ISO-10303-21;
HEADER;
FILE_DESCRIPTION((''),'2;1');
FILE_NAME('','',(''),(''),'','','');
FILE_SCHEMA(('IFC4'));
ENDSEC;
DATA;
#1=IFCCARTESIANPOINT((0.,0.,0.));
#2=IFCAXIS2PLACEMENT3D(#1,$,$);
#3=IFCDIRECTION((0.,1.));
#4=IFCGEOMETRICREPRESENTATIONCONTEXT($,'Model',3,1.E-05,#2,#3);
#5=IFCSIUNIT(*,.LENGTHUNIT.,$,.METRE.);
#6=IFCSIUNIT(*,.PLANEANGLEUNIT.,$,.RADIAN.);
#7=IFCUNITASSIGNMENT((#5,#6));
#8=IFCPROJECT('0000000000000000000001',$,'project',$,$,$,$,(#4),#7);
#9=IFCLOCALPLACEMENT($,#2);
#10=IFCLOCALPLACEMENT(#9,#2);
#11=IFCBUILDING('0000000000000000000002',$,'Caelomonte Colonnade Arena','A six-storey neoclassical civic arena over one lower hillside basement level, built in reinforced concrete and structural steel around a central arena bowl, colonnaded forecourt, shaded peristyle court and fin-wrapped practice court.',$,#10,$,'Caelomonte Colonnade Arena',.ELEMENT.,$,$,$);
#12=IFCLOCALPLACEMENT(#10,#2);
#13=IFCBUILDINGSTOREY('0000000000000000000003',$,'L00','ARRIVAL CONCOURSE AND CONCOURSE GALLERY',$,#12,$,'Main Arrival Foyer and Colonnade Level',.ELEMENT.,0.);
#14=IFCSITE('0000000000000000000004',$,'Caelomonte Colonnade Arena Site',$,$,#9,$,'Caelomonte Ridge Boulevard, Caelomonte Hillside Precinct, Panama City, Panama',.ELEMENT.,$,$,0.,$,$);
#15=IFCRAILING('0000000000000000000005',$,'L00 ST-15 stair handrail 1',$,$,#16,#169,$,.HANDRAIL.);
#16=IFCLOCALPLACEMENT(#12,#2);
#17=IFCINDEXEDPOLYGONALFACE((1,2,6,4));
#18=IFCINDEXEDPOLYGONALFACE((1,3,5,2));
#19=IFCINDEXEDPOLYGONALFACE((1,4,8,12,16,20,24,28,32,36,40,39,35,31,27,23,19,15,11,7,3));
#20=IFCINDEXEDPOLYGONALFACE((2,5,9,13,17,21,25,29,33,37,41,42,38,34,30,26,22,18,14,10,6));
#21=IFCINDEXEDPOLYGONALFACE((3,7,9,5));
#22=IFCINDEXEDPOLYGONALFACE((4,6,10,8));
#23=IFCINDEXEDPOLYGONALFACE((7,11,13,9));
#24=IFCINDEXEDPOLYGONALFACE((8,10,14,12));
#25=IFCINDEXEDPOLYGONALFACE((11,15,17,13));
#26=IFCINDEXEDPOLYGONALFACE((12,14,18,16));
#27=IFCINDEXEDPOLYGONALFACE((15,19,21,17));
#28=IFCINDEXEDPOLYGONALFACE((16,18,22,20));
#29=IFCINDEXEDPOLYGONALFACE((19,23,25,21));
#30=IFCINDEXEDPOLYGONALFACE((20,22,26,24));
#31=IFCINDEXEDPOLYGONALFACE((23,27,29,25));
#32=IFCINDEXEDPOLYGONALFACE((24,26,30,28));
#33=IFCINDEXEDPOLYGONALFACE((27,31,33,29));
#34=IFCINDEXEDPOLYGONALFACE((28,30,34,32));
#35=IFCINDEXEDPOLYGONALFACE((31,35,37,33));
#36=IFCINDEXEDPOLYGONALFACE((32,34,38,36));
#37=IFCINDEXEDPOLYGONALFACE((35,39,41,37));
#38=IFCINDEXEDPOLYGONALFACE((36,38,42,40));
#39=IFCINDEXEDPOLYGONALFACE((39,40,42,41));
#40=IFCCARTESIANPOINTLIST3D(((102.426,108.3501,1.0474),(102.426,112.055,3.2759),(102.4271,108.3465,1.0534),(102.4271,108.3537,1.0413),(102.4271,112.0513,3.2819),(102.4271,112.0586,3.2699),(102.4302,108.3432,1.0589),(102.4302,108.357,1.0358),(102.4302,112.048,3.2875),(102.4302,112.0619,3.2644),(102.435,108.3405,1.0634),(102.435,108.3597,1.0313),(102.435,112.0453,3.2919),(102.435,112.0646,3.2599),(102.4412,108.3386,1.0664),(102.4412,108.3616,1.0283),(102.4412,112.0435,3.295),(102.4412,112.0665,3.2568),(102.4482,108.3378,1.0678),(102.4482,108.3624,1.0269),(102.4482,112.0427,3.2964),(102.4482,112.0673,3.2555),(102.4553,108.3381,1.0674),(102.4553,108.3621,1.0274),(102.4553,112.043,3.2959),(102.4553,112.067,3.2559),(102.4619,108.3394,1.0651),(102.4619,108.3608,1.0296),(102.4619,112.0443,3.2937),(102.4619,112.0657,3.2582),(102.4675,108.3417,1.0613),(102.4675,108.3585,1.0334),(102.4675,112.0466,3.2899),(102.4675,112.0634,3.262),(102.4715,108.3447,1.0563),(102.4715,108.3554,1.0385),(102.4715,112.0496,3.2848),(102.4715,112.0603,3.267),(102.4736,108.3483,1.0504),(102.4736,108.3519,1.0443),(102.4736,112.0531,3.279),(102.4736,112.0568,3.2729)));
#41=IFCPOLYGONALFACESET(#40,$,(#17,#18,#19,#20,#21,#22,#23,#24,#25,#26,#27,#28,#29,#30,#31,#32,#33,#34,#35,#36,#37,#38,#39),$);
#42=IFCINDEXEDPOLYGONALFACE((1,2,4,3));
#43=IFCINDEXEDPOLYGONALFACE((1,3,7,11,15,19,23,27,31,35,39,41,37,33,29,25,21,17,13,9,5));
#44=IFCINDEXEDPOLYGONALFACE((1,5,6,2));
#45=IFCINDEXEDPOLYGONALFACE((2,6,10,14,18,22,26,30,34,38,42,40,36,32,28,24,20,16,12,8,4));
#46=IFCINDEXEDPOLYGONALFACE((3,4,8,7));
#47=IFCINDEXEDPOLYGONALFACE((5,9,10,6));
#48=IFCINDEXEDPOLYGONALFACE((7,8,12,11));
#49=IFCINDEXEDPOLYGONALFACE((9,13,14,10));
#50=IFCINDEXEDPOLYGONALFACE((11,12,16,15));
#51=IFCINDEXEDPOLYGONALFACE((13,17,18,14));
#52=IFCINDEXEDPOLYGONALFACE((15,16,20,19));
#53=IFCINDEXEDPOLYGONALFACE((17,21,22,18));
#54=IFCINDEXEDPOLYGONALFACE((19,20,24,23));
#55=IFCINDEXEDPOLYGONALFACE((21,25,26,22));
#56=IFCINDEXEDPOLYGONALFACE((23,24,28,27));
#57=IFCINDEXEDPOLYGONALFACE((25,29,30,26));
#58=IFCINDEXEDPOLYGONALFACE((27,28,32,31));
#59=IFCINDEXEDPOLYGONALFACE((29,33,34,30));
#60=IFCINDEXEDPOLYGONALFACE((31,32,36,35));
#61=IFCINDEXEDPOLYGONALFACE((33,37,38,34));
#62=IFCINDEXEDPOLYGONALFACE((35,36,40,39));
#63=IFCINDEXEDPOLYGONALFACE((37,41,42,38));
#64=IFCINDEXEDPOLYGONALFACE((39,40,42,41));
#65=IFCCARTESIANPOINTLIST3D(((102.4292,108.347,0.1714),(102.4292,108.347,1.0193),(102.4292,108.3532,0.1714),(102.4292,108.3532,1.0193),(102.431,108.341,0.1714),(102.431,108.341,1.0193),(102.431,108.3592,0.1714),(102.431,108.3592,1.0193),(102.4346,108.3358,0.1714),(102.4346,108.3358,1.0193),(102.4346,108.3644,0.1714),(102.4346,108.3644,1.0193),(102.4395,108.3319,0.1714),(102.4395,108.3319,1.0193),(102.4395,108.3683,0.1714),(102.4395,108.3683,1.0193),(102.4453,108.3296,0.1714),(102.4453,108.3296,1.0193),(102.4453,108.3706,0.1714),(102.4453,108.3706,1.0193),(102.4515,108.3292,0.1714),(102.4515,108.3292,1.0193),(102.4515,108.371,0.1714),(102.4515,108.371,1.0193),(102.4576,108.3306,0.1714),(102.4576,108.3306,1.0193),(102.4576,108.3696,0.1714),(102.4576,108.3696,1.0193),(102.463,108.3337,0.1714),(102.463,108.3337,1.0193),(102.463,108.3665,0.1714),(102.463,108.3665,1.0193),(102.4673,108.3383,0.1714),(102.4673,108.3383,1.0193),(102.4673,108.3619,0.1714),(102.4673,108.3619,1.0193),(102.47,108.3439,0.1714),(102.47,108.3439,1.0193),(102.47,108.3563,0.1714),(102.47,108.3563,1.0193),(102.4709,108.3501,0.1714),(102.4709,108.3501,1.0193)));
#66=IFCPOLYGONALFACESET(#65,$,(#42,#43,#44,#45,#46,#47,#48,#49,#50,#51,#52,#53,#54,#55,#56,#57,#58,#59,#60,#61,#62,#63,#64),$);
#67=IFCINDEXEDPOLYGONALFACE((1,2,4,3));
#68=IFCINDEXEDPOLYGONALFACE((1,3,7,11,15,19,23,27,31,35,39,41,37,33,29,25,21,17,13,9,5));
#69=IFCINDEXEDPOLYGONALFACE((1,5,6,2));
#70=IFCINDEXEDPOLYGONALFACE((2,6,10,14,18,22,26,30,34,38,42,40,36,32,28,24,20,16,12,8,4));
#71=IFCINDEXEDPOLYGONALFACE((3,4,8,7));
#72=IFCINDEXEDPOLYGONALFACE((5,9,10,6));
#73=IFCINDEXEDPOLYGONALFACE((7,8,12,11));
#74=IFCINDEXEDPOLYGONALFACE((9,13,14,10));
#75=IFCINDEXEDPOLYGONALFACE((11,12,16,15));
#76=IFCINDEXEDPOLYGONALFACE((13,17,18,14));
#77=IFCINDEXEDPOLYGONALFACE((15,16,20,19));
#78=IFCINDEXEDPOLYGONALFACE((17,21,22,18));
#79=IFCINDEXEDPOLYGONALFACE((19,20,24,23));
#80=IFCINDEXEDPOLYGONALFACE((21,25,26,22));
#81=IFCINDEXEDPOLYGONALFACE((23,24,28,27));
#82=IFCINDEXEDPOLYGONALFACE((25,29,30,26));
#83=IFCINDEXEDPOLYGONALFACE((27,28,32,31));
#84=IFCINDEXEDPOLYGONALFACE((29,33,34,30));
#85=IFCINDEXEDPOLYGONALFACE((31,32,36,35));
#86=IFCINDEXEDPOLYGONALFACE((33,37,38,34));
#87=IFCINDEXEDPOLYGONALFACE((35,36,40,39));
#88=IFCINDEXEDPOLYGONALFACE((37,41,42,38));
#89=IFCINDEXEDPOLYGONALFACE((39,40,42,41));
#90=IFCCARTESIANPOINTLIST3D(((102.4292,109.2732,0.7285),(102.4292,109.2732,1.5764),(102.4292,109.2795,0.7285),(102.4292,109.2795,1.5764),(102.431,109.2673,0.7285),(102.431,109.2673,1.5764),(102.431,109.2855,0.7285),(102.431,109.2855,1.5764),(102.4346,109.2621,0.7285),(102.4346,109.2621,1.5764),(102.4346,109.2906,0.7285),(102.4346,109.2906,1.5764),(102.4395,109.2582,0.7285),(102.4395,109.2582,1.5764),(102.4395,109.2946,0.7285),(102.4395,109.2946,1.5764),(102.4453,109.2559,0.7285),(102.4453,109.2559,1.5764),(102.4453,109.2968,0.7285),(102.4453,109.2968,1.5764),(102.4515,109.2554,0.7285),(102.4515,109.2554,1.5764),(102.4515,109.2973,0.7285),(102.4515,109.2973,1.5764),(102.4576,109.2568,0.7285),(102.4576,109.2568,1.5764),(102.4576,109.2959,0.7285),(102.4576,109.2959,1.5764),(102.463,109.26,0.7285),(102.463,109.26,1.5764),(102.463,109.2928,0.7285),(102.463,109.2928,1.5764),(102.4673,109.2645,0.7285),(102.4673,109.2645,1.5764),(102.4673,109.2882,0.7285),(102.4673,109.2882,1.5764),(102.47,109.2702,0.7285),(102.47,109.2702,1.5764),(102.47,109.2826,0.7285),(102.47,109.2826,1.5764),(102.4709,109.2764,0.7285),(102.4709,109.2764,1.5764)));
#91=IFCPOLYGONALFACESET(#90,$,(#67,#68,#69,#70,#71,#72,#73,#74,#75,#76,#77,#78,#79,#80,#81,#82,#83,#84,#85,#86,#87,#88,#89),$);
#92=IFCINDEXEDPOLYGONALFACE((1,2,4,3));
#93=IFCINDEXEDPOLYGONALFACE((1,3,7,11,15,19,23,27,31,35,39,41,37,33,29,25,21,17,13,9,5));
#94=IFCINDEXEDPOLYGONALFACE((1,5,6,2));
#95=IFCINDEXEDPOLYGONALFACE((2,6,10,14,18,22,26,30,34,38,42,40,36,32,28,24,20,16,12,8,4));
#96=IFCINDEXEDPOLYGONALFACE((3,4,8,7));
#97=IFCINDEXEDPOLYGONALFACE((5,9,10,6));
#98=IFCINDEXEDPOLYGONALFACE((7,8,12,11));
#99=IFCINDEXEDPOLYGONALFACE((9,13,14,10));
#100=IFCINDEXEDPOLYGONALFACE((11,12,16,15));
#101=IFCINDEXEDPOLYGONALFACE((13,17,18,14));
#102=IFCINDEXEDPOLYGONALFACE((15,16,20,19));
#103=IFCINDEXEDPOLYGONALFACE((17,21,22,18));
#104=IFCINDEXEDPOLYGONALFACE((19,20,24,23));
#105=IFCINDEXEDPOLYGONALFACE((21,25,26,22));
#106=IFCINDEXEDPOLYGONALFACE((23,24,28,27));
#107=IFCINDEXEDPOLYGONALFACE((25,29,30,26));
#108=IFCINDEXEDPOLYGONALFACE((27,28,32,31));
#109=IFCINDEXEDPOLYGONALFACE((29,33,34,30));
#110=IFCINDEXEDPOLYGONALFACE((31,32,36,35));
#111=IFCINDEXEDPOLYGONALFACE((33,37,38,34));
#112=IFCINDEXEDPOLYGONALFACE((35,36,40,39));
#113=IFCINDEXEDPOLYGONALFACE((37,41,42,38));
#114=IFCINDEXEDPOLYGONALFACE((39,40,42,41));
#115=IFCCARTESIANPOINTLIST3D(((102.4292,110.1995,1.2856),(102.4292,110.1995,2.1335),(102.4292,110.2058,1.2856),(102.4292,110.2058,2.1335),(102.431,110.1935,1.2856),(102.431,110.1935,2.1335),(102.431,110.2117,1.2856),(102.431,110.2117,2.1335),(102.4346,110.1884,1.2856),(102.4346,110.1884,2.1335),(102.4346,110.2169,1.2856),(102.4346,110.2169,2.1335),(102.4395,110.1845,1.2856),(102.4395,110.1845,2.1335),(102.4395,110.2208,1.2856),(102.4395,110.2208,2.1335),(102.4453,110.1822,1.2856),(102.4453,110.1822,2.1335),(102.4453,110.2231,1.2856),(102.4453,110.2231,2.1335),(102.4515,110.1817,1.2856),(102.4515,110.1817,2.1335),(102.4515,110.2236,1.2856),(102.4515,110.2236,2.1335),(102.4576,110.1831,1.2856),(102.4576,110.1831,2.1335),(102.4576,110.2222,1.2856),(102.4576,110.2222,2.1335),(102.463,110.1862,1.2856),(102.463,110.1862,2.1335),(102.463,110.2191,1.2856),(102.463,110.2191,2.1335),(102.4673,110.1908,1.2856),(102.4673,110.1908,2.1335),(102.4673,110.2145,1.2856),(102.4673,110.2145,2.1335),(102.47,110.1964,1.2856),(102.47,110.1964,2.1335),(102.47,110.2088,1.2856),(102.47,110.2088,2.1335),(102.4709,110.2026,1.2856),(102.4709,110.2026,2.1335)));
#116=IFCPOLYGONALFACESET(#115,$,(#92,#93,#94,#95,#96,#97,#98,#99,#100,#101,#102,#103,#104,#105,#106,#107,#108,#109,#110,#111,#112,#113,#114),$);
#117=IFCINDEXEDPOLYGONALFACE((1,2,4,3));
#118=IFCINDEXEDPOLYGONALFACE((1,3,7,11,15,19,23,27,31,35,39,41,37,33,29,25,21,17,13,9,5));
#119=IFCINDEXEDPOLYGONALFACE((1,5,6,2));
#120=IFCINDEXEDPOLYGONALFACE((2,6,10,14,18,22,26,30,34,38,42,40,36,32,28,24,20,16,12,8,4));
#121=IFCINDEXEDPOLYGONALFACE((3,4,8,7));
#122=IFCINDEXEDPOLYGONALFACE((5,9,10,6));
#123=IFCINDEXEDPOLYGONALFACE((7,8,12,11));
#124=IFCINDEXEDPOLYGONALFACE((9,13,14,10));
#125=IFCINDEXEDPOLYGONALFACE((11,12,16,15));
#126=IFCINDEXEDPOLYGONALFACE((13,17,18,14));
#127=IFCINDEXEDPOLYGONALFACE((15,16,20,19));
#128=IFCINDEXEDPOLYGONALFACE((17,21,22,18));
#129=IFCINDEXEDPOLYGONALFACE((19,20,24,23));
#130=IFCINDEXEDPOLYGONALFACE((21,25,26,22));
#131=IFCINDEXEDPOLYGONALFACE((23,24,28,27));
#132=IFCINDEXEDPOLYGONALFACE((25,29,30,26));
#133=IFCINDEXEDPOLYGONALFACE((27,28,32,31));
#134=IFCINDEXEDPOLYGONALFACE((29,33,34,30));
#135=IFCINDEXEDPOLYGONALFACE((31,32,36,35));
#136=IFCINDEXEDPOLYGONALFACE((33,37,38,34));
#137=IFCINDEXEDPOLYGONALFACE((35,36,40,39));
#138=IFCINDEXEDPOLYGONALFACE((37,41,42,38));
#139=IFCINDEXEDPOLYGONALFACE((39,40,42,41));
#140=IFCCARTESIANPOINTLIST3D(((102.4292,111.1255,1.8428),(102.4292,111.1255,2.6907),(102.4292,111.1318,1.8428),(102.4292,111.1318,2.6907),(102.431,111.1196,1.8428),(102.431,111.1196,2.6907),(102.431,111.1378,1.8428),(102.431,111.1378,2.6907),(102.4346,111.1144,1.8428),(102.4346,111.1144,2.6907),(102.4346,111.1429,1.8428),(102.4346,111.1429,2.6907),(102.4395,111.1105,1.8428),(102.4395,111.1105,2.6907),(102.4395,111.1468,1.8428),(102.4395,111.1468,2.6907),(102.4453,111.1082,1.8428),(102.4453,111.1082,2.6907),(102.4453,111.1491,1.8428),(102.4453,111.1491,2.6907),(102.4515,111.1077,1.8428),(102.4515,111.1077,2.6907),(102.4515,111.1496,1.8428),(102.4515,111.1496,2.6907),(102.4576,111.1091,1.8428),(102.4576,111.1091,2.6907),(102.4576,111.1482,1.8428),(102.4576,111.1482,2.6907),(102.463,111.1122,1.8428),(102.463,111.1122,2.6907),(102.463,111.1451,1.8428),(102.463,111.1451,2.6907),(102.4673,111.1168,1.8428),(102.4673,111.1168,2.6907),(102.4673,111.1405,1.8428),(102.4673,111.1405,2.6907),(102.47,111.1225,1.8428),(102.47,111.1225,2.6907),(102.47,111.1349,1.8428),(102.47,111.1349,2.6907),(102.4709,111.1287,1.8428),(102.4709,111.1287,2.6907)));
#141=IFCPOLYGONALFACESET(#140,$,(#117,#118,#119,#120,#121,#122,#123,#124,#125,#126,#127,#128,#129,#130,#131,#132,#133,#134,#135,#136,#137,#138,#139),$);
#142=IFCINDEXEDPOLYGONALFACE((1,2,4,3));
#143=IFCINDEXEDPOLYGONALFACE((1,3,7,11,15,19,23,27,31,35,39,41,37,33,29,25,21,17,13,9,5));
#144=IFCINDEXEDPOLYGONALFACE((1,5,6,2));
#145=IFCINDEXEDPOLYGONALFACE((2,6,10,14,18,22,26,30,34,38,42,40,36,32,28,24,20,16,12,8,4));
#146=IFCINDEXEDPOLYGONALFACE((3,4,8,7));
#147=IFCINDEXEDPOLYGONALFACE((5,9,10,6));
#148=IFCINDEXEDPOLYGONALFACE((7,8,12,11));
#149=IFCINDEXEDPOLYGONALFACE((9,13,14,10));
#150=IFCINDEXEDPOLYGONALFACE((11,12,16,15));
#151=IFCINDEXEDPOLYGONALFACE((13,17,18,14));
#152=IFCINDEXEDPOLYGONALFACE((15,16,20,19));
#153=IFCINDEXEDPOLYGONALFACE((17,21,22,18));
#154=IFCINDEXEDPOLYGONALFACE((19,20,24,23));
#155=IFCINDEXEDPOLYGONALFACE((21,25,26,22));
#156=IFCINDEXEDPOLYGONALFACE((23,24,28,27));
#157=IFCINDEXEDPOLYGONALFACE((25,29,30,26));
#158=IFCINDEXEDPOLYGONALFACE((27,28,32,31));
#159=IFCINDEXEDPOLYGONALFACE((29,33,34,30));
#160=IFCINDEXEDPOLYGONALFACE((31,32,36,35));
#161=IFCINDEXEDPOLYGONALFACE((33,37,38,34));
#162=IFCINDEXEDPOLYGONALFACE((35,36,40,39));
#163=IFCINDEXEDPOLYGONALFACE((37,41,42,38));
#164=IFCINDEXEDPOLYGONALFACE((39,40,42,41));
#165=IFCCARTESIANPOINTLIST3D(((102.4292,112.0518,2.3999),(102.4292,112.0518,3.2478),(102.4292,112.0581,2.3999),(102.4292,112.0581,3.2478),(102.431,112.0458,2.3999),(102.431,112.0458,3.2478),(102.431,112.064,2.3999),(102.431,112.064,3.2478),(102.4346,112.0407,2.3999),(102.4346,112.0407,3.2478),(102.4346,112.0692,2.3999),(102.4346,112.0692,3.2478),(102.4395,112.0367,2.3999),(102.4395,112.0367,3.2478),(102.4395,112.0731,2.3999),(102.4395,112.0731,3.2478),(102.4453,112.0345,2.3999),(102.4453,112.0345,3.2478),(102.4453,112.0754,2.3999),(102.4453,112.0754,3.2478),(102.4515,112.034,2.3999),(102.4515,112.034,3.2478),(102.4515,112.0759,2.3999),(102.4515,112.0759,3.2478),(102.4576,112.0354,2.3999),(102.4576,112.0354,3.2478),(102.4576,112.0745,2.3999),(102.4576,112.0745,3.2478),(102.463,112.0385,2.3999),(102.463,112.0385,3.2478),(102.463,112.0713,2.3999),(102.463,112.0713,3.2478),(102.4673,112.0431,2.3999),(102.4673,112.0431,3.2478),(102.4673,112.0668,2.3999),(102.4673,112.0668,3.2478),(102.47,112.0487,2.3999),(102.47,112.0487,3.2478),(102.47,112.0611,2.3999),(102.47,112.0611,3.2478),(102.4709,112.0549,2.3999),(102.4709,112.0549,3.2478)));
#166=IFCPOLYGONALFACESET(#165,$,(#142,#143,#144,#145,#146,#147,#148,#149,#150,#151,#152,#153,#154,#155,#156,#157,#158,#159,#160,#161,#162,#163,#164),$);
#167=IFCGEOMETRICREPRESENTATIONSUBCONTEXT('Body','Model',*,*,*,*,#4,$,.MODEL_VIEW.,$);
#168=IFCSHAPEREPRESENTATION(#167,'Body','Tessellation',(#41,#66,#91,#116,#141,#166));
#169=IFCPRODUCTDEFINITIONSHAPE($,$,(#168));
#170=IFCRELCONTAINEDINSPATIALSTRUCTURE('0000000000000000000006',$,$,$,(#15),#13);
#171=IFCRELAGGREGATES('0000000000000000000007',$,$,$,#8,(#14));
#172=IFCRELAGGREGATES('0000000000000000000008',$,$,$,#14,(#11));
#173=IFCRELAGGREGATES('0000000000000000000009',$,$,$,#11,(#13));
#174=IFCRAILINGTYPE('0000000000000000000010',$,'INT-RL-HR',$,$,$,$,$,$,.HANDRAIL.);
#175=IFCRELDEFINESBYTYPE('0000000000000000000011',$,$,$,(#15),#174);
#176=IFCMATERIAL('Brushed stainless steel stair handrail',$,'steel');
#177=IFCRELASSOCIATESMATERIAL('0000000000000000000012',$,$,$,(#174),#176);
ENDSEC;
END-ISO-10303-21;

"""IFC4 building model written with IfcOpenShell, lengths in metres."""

from ifc_helpers import new_model, si_unit, direction, frame, origin, origin_2d, place, context, subcontext, project, spatial, circle, extrude, material, type_object, element, save


model = new_model("IFC4")

# Units and contexts
model_context = context("Model", 3, precision=1e-05, world=origin(), true_north=direction((0.0, 1.0)))
body_context = subcontext(model_context, "Body", "Model", "MODEL_VIEW")
ifc_project = project(units=[si_unit("LENGTHUNIT", "METRE"), si_unit("PLANEANGLEUNIT", "RADIAN")], contexts=[model_context])

# Site, building, storey
site_placement = place(None, origin())
site = spatial("IfcSite", under=ifc_project, at=site_placement, Name="Caelomonte Colonnade Arena Site", LongName="Caelomonte Ridge Boulevard, Caelomonte Hillside Precinct, Panama City, Panama", CompositionType="ELEMENT", RefElevation=0.0)
building_placement = place(site_placement, origin())
building = spatial("IfcBuilding", under=site, at=building_placement, Name="Caelomonte Colonnade Arena", Description="A six-storey neoclassical civic arena over one lower hillside basement level, built in reinforced concrete and structural steel around a central arena bowl, colonnaded forecourt, shaded peristyle court and fin-wrapped practice court.", LongName="Caelomonte Colonnade Arena", CompositionType="ELEMENT")
storey_placement = place(building_placement, origin())
storey = spatial("IfcBuildingStorey", under=building, at=storey_placement, Name="L00", Description="ARRIVAL CONCOURSE AND CONCOURSE GALLERY", LongName="Main Arrival Foyer and Colonnade Level", CompositionType="ELEMENT", Elevation=0.0)

# Railing
ifc_material_1 = material(Name="Brushed stainless steel stair handrail", Category="steel")
railing_type_1 = type_object("IfcRailingType", Name="INT-RL-HR", PredefinedType="HANDRAIL", material=ifc_material_1)
railing_1_placement = place(storey_placement, frame((102.45, 108.3501, 0.1714)))
element("IfcRailing", 1, at=railing_1_placement, inside=storey, type_object=railing_type_1, Name="L00 ST-15 stair handrail 1", PredefinedType="HANDRAIL", context=body_context, shape_type="SweptSolid", body=[
    extrude(circle(Radius=0.0239, at=origin_2d()), frame((0.0, 0.0, 0.876), z_axis=(0.0, 0.856919, 0.51545), x_axis=(-1.0, 0.0, 0.0)), (0.0, 0.0, 1.0), 4.3235),
    extrude(circle(Radius=0.021, at=origin_2d()), origin(), (0.0, 0.0, 1.0), 0.8479),
    extrude(circle(Radius=0.021, at=origin_2d()), frame((0.0, 0.9263, 0.5571)), (0.0, 0.0, 1.0), 0.8479),
    extrude(circle(Radius=0.021, at=origin_2d()), frame((0.0, 1.8525, 1.1143)), (0.0, 0.0, 1.0), 0.8479),
    extrude(circle(Radius=0.021, at=origin_2d()), frame((0.0, 2.7786, 1.6714)), (0.0, 0.0, 1.0), 0.8479),
    extrude(circle(Radius=0.021, at=origin_2d()), frame((0.0, 3.7048, 2.2285)), (0.0, 0.0, 1.0), 0.8479),
])

save(model, "model.ifc")
